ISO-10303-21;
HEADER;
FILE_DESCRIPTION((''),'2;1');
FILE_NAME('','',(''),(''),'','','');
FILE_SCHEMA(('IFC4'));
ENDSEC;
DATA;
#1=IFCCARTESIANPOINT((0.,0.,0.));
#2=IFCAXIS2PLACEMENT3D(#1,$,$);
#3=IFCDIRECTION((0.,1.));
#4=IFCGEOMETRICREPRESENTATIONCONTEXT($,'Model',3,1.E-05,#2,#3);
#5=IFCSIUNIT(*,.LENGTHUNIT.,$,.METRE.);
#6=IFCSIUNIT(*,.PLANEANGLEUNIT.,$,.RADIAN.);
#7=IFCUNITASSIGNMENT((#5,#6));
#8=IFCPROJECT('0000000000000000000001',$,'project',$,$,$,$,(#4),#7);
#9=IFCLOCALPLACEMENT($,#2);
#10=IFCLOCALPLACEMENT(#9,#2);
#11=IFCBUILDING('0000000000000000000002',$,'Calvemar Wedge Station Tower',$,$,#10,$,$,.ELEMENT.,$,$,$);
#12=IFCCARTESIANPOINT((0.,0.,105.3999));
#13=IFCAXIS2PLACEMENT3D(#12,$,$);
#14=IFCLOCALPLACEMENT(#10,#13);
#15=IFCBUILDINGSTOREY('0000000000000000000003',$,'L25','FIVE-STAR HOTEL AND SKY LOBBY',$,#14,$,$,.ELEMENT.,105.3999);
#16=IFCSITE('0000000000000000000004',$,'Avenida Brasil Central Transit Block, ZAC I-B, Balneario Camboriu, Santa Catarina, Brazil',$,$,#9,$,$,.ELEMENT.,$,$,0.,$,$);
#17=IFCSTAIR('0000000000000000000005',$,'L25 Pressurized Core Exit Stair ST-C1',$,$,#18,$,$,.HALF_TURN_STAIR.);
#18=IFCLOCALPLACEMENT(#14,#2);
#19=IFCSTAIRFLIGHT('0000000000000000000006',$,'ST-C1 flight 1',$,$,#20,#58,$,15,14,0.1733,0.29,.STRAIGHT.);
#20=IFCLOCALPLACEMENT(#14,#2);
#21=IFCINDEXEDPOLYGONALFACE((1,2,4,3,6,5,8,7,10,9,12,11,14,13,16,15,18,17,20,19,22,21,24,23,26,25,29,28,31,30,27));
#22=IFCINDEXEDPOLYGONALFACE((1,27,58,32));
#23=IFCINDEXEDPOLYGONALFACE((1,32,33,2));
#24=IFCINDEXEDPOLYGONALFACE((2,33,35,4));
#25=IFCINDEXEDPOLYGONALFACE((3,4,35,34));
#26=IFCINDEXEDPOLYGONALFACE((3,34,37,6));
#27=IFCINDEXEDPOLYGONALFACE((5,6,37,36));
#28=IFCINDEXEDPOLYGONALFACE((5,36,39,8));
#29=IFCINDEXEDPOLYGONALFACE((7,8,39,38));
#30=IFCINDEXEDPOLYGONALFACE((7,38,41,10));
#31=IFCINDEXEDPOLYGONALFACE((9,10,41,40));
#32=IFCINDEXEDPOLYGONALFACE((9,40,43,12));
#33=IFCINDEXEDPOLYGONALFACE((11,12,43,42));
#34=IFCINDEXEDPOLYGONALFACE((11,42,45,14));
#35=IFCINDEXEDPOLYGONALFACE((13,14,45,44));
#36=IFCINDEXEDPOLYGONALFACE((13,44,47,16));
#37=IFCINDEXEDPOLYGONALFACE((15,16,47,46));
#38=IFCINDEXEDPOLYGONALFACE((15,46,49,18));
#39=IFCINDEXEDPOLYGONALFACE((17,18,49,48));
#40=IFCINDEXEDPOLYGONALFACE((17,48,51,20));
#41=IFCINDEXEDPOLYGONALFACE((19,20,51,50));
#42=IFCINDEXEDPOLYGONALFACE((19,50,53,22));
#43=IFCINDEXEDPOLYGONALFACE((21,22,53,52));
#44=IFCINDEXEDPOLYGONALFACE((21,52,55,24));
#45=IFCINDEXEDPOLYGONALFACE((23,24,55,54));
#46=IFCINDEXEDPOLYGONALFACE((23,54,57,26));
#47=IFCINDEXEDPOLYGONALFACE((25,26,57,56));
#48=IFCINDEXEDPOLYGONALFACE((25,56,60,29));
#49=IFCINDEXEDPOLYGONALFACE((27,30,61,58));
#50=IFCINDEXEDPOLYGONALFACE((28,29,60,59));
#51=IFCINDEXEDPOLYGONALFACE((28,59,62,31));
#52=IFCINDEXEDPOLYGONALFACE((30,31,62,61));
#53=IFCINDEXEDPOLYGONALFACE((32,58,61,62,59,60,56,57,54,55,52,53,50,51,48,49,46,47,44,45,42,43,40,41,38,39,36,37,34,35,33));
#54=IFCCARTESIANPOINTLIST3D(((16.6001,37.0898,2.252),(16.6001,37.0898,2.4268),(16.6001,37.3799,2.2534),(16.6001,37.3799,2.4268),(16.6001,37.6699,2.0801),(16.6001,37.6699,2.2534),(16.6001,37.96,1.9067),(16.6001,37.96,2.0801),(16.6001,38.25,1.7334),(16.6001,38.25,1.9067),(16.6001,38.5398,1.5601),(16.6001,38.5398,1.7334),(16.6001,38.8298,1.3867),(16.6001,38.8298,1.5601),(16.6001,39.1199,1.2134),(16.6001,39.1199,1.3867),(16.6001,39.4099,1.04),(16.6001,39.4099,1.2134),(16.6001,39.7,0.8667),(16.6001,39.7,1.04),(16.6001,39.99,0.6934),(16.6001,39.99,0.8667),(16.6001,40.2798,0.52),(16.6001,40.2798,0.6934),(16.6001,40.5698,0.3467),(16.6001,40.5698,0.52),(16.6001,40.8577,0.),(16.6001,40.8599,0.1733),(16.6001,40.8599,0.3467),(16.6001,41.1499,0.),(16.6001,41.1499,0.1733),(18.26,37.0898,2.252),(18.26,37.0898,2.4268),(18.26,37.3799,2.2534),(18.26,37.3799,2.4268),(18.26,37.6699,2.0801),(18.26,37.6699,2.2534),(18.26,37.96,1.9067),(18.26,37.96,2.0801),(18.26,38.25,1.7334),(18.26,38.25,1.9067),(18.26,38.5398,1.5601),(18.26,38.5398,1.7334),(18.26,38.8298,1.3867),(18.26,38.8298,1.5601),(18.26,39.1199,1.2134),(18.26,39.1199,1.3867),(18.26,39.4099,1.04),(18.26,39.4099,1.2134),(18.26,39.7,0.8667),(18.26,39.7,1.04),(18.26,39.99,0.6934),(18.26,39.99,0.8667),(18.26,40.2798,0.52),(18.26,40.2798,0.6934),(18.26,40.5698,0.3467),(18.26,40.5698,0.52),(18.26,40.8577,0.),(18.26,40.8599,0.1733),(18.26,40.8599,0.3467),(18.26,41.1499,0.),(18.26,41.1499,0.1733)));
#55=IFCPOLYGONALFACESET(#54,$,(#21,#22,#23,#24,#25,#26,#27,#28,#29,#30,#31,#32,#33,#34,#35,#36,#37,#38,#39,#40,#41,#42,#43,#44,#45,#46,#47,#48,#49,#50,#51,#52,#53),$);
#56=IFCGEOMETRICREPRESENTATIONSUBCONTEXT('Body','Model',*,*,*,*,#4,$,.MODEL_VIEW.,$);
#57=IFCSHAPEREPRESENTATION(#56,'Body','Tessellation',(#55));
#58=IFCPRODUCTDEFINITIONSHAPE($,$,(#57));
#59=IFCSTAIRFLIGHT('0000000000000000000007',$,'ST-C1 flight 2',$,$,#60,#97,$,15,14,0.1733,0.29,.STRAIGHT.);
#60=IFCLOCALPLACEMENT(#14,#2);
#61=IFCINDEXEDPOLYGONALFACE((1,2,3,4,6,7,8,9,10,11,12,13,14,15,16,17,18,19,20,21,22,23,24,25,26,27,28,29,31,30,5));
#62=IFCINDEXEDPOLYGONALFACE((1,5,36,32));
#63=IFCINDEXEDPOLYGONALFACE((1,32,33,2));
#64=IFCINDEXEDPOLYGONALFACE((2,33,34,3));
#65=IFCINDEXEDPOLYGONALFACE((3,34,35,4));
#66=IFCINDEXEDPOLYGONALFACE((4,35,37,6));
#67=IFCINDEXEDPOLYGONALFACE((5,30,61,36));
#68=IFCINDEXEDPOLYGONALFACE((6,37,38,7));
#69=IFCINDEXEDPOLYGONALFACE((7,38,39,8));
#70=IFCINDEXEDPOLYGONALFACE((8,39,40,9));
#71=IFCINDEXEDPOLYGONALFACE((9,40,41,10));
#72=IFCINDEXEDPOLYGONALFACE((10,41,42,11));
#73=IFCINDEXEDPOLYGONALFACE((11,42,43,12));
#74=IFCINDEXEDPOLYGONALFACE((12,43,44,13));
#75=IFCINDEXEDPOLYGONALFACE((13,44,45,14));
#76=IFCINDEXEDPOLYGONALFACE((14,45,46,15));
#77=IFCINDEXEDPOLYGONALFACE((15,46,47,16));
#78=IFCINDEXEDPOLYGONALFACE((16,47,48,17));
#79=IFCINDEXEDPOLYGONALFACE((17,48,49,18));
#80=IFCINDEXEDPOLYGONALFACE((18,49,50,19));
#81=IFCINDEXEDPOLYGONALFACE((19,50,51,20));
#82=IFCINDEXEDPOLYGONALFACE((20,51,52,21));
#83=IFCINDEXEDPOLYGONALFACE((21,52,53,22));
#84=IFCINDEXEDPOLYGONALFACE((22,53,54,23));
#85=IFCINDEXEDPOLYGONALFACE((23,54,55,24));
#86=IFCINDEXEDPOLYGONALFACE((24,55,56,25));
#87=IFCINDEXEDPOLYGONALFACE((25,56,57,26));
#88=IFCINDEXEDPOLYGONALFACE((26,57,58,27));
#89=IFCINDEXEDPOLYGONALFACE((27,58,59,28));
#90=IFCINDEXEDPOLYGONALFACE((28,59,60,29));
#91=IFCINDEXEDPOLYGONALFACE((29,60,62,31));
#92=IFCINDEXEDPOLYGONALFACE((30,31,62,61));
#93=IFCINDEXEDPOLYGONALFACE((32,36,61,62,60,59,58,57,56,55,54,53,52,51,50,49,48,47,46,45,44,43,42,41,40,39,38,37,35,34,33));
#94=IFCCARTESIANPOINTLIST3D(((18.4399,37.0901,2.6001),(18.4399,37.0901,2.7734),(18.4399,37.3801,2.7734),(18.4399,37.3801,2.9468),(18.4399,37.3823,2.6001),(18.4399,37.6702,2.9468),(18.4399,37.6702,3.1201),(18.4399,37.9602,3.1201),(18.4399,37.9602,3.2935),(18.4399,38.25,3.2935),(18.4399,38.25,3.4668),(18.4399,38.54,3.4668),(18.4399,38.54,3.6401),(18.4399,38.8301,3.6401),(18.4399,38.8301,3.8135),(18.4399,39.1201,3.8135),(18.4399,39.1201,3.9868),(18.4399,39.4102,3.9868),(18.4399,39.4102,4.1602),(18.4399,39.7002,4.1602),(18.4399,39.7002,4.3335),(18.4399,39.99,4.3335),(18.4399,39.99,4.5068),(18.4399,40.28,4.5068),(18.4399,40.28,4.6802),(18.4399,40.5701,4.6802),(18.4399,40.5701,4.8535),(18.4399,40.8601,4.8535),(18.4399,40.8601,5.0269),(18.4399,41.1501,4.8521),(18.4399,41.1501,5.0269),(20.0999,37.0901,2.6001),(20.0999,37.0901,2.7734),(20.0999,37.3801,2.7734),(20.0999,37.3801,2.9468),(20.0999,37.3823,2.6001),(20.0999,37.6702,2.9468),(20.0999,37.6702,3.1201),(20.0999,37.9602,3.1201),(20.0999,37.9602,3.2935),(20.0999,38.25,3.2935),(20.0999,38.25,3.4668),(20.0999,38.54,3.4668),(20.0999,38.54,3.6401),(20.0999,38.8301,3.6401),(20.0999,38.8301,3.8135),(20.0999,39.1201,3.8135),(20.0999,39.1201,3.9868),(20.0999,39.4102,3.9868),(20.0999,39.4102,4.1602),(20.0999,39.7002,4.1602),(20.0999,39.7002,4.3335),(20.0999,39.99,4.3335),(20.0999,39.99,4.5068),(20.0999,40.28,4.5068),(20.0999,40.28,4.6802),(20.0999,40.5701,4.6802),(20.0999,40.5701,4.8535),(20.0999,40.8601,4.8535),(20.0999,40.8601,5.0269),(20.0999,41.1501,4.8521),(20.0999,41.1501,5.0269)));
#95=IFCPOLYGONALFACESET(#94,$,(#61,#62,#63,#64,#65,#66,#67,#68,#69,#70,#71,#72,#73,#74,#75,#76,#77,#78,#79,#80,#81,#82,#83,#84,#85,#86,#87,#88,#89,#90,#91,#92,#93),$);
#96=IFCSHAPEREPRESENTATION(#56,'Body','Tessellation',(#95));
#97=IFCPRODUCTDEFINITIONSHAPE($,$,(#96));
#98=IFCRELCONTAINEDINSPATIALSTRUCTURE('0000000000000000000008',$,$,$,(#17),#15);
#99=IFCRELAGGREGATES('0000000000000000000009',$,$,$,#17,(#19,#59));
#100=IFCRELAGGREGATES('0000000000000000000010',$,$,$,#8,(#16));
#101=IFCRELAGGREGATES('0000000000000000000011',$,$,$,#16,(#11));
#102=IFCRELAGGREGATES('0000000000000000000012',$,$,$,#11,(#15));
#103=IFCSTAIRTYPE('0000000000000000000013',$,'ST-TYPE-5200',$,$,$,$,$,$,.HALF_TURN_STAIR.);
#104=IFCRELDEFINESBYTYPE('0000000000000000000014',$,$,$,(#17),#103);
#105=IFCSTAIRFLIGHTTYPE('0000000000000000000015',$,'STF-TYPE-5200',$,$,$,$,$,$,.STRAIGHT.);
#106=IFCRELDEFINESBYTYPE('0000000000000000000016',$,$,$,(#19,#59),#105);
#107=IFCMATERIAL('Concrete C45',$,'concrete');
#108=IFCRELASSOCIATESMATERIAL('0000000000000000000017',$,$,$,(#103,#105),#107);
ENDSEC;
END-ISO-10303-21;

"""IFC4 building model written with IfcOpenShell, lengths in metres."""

from ifc_helpers import new_model, si_unit, direction, frame, origin, place, context, subcontext, project, spatial, polyline, outline, extrude, material, type_object, element, aggregate, save


model = new_model("IFC4")

# Units and contexts
model_context = context("Model", 3, precision=1e-05, world=origin(), true_north=direction((0.0, 1.0)))
body_context = subcontext(model_context, "Body", "Model", "MODEL_VIEW")
ifc_project = project(units=[si_unit("LENGTHUNIT", "METRE"), si_unit("PLANEANGLEUNIT", "RADIAN")], contexts=[model_context])

# Site, building, storey
site_placement = place(None, origin())
site = spatial("IfcSite", under=ifc_project, at=site_placement, Name="Avenida Brasil Central Transit Block, ZAC I-B, Balneario Camboriu, Santa Catarina, Brazil", CompositionType="ELEMENT", RefElevation=0.0)
building_placement = place(site_placement, origin())
building = spatial("IfcBuilding", under=site, at=building_placement, Name="Calvemar Wedge Station Tower", CompositionType="ELEMENT")
storey_placement = place(building_placement, frame((0.0, 0.0, 105.3999)))
storey = spatial("IfcBuildingStorey", under=building, at=storey_placement, Name="L25", Description="FIVE-STAR HOTEL AND SKY LOBBY", CompositionType="ELEMENT", Elevation=105.3999)

# Stair, stair flights
ifc_material_1 = material(Name="Concrete C45", Category="concrete")
stair_type = type_object("IfcStairType", Name="ST-TYPE-5200", PredefinedType="HALF_TURN_STAIR", material=ifc_material_1)
stair_placement = place(storey_placement, origin())
stair = element("IfcStair", 1, at=stair_placement, inside=storey, type_object=stair_type, Name="L25 Pressurized Core Exit Stair ST-C1", PredefinedType="HALF_TURN_STAIR")
stair_flight_type = type_object("IfcStairFlightType", Name="STF-TYPE-5200", PredefinedType="STRAIGHT", material=ifc_material_1)
stair_flight_1_placement = place(storey_placement, frame((17.4299, 41.1499, 0.0), z_axis=(0.0, 0.0, 1.0), x_axis=(0.0, -1.0, 0.0)))
stair_flight_1 = element("IfcStairFlight", 2, at=stair_flight_1_placement, type_object=stair_flight_type, Name="ST-C1 flight 1", NumberOfRisers=15, NumberOfTreads=14, PredefinedType="STRAIGHT", RiserHeight=0.1733, TreadLength=0.29, context=body_context, shape_type="SweptSolid", body=[
    extrude(outline(polyline([(0.0, 0.0), (0.0, 0.1733), (0.29, 0.1733), (0.29, 0.3467), (0.5801, 0.3467), (0.5801, 0.52), (0.8701, 0.52), (0.8701, 0.6934), (1.1599, 0.6934), (1.1599, 0.8667), (1.45, 0.8667), (1.45, 1.04), (1.74, 1.04), (1.74, 1.2134), (2.03, 1.2134), (2.03, 1.3867), (2.3201, 1.3867), (2.3201, 1.5601), (2.6101, 1.5601), (2.6101, 1.7334), (2.8999, 1.7334), (2.8999, 1.9067), (3.1899, 1.9067), (3.1899, 2.0801), (3.48, 2.0801), (3.48, 2.2534), (3.77, 2.2534), (3.77, 2.4268), (4.0601, 2.4268), (4.0601, 2.6001), (4.0601, 2.252), (0.2922, 0.0), (0.0, 0.0)])), frame((0.0, 0.8301, 0.0), z_axis=(0.0, -1.0, 0.0), x_axis=(1.0, 0.0, 0.0)), (0.0, 0.0, 1.0), 1.6599),
])
stair_flight_2_placement = place(storey_placement, frame((19.27, 37.0901, 2.6001), z_axis=(0.0, 0.0, 1.0), x_axis=(0.0, 1.0, 0.0)))
stair_flight_2 = element("IfcStairFlight", 3, at=stair_flight_2_placement, type_object=stair_flight_type, Name="ST-C1 flight 2", NumberOfRisers=15, NumberOfTreads=14, PredefinedType="STRAIGHT", RiserHeight=0.1733, TreadLength=0.29, context=body_context, shape_type="SweptSolid", body=[
    extrude(outline(polyline([(0.0, 0.0), (0.0, 0.1733), (0.29, 0.1733), (0.29, 0.3467), (0.5801, 0.3467), (0.5801, 0.52), (0.8701, 0.52), (0.8701, 0.6934), (1.1599, 0.6934), (1.1599, 0.8667), (1.45, 0.8667), (1.45, 1.04), (1.74, 1.04), (1.74, 1.2134), (2.03, 1.2134), (2.03, 1.3867), (2.3201, 1.3867), (2.3201, 1.5601), (2.6101, 1.5601), (2.6101, 1.7334), (2.8999, 1.7334), (2.8999, 1.9067), (3.1899, 1.9067), (3.1899, 2.0801), (3.48, 2.0801), (3.48, 2.2534), (3.77, 2.2534), (3.77, 2.4268), (4.0601, 2.4268), (4.0601, 2.6001), (4.0601, 2.252), (0.2922, 0.0), (0.0, 0.0)])), frame((0.0, 0.8301, 0.0), z_axis=(0.0, -1.0, 0.0), x_axis=(1.0, 0.0, 0.0)), (0.0, 0.0, 1.0), 1.6599),
])
aggregate(stair, [stair_flight_1, stair_flight_2])

save(model, "model.ifc")
